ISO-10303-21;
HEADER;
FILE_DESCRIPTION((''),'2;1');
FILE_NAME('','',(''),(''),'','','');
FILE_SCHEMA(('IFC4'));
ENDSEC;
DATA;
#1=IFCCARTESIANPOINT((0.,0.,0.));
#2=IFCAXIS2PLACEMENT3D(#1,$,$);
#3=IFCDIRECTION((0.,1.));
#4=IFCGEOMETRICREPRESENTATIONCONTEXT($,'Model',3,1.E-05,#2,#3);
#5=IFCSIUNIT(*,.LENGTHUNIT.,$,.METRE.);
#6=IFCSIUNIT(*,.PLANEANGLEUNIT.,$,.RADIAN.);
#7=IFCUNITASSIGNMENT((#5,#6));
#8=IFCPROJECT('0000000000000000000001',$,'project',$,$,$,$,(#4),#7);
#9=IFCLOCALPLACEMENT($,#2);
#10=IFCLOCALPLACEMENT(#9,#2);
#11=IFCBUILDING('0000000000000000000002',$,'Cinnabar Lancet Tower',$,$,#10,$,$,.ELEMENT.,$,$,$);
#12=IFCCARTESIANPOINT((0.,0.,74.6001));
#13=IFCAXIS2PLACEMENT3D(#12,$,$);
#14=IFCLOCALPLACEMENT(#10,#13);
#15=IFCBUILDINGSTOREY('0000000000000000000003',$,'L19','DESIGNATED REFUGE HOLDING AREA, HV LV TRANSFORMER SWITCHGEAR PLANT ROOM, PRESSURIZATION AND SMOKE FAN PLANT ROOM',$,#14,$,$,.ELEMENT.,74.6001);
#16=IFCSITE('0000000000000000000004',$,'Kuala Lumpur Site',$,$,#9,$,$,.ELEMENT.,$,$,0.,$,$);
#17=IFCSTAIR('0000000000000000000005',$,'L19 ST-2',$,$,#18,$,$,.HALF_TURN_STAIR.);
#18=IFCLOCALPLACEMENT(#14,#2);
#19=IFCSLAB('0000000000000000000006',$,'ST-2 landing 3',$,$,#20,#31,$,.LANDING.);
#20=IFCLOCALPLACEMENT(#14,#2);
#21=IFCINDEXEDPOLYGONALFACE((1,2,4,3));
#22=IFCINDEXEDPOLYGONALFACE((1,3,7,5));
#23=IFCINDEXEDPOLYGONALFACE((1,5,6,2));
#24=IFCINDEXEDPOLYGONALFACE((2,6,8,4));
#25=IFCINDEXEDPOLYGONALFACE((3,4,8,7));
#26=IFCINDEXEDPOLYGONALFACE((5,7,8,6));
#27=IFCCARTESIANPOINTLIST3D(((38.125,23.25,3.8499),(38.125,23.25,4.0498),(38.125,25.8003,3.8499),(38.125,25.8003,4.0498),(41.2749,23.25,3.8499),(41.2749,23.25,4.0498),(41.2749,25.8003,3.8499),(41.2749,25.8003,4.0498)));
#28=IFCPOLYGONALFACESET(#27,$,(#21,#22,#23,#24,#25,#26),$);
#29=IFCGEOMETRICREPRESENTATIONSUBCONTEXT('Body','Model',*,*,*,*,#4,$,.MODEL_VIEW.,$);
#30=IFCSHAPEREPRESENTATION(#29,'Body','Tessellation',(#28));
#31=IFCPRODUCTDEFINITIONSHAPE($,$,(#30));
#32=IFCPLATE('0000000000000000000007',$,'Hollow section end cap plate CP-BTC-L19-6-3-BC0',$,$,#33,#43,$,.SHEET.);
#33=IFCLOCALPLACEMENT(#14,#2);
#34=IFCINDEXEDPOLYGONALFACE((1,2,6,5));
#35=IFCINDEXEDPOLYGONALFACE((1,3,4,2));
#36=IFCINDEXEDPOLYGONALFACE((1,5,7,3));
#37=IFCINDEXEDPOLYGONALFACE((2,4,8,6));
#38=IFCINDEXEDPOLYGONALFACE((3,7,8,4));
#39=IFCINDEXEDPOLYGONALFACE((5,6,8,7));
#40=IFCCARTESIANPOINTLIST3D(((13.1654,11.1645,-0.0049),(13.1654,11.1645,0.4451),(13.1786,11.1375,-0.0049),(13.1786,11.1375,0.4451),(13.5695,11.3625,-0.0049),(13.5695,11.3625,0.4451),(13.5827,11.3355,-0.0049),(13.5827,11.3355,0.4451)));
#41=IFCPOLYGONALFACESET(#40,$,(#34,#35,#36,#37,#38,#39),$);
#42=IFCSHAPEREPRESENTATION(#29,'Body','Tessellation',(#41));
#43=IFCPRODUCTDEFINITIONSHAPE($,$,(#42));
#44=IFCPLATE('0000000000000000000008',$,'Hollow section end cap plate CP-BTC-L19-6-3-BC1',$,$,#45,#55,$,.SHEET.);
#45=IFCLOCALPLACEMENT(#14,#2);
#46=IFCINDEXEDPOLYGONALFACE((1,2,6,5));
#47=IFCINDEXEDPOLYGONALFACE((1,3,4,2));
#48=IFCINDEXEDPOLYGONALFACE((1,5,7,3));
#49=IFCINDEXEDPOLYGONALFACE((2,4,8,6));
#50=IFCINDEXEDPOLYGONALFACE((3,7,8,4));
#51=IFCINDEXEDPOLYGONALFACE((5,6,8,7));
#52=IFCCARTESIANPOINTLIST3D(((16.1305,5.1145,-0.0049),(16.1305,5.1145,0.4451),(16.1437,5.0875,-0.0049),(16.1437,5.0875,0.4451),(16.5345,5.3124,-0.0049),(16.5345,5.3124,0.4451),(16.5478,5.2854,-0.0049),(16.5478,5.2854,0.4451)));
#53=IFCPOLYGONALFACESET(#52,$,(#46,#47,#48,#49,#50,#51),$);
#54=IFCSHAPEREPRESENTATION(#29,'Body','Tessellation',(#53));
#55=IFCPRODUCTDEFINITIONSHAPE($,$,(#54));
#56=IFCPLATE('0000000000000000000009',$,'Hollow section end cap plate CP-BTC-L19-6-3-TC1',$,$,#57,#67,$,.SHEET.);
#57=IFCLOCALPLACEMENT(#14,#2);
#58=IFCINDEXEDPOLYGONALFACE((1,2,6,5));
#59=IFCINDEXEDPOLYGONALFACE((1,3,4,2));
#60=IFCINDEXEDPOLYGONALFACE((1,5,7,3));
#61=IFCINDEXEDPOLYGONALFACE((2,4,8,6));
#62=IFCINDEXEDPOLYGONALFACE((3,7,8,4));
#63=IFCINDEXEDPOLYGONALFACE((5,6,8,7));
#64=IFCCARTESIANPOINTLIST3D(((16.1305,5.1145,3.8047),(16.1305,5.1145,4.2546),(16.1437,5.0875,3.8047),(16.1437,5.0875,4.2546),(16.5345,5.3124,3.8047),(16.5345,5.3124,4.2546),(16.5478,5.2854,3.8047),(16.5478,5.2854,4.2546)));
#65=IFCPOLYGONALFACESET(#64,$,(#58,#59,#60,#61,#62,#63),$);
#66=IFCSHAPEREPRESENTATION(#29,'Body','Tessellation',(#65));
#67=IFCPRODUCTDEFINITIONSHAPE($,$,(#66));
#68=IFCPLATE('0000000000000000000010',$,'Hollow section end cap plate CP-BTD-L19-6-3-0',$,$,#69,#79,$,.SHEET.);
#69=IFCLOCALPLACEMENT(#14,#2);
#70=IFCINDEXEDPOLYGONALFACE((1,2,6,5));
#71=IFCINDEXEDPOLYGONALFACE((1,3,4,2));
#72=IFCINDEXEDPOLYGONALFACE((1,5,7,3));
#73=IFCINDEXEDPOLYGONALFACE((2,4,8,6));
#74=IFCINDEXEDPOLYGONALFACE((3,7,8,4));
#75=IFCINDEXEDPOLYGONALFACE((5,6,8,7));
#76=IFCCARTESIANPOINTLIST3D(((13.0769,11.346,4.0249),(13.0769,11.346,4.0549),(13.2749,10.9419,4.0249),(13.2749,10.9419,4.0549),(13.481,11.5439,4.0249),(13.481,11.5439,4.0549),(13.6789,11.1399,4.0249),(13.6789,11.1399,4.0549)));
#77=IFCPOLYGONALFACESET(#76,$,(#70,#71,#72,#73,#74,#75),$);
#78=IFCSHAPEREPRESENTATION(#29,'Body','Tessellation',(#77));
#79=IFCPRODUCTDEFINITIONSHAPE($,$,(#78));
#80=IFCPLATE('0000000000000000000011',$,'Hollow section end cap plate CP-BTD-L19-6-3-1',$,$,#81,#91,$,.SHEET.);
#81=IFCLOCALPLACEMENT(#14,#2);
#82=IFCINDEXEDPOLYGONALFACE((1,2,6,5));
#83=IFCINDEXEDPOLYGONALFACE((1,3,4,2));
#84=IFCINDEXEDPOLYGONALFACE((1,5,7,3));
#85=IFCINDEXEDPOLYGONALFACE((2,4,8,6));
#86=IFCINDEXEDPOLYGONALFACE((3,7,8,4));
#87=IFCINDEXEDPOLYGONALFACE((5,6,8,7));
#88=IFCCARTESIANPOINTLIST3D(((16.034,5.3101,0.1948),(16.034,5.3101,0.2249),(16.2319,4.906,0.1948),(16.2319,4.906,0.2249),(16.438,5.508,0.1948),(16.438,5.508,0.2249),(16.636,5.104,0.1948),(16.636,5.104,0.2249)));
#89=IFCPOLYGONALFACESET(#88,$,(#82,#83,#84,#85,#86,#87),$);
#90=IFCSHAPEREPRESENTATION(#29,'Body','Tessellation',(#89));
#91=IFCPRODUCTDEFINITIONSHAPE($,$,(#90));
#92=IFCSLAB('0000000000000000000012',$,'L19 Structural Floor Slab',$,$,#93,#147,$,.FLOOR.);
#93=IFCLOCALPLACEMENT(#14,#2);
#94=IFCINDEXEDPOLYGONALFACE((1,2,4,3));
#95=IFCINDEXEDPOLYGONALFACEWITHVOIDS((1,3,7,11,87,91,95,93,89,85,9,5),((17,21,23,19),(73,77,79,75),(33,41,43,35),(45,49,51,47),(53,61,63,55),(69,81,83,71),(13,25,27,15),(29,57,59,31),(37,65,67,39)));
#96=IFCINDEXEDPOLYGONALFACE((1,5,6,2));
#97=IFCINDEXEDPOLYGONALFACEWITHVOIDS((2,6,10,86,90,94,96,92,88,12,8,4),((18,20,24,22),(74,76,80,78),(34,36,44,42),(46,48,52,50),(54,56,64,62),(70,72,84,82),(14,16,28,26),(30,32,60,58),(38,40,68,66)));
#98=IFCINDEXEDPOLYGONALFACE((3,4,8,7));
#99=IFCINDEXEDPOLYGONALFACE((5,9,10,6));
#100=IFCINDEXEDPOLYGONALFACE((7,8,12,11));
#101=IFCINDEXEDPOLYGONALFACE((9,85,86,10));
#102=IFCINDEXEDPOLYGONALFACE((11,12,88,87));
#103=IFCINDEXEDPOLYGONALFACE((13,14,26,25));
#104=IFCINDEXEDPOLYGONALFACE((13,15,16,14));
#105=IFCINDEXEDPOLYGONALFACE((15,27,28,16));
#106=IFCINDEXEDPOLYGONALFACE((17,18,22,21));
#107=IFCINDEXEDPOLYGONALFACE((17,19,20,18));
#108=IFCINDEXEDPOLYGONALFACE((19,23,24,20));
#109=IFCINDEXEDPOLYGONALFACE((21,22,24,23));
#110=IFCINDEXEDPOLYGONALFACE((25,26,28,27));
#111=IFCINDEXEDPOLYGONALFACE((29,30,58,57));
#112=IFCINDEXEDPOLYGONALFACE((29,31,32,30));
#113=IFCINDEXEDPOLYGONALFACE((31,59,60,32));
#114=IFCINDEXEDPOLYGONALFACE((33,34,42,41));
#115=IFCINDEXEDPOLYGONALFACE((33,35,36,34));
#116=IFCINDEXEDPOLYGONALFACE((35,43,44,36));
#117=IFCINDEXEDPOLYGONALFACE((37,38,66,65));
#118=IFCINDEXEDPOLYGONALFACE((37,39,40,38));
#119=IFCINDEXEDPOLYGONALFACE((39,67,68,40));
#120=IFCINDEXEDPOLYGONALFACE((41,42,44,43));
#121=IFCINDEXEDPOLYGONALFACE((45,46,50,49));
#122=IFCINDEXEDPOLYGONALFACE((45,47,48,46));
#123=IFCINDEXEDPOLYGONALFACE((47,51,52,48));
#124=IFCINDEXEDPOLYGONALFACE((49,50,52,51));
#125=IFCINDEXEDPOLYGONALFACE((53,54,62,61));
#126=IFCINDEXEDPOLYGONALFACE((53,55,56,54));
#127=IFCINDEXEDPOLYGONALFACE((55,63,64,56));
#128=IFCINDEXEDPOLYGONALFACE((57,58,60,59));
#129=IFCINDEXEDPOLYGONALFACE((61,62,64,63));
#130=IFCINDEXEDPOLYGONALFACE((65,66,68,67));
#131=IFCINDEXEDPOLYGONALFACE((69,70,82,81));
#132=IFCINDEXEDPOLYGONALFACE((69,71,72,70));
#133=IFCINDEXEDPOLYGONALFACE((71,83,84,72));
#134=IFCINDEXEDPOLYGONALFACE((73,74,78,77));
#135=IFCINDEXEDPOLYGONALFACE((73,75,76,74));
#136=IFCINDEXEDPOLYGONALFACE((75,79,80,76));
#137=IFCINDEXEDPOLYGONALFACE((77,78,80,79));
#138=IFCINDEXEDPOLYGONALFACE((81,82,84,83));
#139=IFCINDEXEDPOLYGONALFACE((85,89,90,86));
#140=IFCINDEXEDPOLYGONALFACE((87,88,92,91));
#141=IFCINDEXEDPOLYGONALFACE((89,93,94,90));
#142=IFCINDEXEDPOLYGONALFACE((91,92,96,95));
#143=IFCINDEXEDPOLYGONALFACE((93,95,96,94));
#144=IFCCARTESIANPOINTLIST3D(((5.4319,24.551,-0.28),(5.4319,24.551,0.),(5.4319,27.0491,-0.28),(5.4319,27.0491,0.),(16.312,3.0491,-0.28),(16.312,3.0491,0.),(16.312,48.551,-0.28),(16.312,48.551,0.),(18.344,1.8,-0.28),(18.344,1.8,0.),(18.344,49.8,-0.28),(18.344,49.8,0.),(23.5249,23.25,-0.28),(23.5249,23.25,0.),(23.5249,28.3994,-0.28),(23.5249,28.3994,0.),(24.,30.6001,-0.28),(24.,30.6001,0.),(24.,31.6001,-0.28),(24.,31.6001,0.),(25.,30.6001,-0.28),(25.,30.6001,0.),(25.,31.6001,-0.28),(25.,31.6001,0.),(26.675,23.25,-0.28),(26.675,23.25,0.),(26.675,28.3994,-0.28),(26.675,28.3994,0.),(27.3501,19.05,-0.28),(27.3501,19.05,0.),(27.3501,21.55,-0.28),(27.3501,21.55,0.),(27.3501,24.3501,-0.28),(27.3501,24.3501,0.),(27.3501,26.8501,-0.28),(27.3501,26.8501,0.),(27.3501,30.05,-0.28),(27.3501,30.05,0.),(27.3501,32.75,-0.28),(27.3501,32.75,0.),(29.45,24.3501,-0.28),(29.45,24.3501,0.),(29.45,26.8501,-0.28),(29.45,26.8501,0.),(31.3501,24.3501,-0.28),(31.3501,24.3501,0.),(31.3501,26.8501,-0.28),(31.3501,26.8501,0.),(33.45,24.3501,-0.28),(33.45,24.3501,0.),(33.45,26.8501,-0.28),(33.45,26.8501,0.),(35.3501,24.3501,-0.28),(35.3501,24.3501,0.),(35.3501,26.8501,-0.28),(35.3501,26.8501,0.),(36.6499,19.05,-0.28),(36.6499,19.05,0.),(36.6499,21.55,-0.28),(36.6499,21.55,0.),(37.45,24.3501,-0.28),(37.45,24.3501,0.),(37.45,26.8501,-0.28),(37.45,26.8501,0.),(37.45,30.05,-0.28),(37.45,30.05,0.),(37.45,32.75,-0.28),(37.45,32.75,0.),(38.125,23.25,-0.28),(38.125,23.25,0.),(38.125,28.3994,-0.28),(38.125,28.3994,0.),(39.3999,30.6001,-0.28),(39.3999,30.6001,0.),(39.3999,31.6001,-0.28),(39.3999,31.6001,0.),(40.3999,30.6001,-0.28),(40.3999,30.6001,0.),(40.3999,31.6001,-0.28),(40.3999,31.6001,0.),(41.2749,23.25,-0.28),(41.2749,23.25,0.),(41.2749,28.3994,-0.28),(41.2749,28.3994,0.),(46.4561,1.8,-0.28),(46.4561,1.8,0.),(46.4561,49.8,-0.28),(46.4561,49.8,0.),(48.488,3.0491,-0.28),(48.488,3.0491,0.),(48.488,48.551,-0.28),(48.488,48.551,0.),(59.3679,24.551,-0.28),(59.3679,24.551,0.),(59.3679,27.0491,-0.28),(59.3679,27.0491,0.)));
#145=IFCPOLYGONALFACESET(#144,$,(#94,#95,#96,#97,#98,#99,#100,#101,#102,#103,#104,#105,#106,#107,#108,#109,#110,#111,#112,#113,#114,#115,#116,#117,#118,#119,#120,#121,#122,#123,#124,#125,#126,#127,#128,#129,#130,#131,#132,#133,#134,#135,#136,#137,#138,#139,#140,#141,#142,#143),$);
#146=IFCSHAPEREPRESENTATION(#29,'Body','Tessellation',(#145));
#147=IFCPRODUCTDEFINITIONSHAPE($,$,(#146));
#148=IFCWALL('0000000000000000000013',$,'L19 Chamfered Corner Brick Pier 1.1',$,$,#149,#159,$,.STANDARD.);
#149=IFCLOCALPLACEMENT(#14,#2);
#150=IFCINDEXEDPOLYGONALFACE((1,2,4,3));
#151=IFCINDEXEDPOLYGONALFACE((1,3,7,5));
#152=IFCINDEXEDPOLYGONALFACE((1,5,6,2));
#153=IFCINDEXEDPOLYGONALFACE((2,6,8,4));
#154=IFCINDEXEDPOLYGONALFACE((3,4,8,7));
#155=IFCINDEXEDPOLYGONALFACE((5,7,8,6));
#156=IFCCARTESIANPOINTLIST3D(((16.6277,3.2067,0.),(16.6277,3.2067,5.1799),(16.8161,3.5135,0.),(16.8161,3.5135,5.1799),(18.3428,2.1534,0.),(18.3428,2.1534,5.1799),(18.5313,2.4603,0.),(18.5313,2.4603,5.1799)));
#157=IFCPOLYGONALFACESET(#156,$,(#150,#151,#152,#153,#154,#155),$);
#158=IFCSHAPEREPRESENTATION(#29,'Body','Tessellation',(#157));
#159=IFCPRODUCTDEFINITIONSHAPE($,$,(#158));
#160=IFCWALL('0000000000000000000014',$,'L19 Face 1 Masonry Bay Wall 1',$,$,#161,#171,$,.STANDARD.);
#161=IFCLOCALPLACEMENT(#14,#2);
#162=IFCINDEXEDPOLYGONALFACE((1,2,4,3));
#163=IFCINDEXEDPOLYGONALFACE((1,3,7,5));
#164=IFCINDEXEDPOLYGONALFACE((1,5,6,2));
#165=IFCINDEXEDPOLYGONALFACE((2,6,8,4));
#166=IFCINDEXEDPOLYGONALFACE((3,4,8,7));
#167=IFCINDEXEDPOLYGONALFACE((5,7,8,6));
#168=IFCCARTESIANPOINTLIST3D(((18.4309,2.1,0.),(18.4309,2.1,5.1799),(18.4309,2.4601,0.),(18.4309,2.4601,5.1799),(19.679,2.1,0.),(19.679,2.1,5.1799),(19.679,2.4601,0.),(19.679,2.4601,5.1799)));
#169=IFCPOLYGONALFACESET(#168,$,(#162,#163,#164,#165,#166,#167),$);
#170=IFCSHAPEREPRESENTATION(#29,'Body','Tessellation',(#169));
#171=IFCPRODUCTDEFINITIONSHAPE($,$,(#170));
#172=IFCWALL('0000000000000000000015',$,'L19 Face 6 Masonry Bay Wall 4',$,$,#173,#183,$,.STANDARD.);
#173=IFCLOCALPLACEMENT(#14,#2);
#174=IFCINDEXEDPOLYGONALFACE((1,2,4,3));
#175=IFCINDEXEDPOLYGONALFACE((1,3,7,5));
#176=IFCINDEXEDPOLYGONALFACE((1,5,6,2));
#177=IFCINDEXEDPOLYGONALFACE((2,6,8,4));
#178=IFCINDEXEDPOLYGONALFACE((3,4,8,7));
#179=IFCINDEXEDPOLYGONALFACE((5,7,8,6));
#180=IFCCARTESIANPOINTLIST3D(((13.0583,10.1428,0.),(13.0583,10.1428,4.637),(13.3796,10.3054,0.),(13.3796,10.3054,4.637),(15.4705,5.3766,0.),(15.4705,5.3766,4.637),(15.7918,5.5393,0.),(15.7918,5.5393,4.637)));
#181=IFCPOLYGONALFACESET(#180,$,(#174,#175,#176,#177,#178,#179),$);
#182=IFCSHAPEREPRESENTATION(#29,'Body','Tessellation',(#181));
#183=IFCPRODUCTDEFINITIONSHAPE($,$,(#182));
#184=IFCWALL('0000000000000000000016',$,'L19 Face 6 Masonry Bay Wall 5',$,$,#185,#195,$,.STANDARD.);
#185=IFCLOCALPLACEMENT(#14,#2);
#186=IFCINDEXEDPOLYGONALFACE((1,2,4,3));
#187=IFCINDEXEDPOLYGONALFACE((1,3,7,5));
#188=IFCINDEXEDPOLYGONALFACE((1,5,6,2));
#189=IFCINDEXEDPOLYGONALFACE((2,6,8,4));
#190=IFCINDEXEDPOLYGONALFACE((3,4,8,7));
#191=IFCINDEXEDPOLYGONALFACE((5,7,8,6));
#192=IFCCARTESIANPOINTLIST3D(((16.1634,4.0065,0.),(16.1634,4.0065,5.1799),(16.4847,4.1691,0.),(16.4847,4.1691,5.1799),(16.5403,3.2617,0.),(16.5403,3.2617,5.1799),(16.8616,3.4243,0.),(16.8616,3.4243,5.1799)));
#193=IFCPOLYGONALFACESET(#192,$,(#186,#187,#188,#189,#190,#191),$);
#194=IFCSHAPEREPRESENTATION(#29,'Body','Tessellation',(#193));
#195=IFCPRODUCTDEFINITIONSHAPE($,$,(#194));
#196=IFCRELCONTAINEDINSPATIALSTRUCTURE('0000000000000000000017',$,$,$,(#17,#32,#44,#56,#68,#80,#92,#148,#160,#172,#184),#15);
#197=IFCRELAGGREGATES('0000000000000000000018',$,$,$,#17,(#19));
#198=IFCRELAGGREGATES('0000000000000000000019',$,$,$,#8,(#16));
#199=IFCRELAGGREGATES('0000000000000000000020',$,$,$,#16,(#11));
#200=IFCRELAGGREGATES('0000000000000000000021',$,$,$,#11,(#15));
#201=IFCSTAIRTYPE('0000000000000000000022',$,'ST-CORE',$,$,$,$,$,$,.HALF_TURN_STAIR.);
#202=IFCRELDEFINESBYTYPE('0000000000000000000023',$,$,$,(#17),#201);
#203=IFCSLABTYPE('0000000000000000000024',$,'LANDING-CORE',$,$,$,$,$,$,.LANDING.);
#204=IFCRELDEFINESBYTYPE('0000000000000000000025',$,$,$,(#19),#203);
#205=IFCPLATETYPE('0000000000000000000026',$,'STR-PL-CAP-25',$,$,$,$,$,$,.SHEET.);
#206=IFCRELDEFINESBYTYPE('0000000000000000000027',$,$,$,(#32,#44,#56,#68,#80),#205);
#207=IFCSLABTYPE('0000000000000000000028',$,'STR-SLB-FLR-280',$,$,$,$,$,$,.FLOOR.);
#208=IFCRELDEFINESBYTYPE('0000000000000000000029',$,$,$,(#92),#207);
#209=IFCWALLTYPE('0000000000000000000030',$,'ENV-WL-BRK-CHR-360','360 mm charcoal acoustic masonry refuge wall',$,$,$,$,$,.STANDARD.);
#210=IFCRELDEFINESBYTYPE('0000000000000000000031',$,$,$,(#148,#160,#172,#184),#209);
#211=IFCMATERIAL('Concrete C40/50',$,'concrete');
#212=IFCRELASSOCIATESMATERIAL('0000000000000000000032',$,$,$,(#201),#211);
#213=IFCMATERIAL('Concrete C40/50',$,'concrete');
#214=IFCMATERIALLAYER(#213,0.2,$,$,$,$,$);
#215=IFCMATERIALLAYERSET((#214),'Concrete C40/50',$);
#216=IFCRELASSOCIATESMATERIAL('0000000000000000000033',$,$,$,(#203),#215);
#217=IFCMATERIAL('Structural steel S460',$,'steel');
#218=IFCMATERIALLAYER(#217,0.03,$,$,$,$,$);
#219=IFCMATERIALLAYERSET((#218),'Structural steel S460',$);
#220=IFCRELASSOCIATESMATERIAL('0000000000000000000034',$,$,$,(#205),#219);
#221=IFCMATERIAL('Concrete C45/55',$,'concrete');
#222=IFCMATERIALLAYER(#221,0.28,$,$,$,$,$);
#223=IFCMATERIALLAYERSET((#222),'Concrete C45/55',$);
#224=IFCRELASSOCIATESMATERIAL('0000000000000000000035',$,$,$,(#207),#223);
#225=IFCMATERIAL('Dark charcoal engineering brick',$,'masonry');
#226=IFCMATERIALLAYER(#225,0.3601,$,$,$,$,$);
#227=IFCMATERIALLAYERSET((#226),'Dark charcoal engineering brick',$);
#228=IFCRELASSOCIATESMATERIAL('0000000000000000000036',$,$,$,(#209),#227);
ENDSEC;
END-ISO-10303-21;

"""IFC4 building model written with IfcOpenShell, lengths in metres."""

from ifc_helpers import new_model, si_unit, direction, frame, frame_2d, origin, origin_2d, place, context, subcontext, project, spatial, polyline, rectangle, outline, extrude, material, layer, layer_set, type_object, element, aggregate, save


model = new_model("IFC4")

# Units and contexts
model_context = context("Model", 3, precision=1e-05, world=origin(), true_north=direction((0.0, 1.0)))
body_context = subcontext(model_context, "Body", "Model", "MODEL_VIEW")
ifc_project = project(units=[si_unit("LENGTHUNIT", "METRE"), si_unit("PLANEANGLEUNIT", "RADIAN")], contexts=[model_context])

# Site, building, storey
site_placement = place(None, origin())
site = spatial("IfcSite", under=ifc_project, at=site_placement, Name="Kuala Lumpur Site", CompositionType="ELEMENT", RefElevation=0.0)
building_placement = place(site_placement, origin())
building = spatial("IfcBuilding", under=site, at=building_placement, Name="Cinnabar Lancet Tower", CompositionType="ELEMENT")
storey_placement = place(building_placement, frame((0.0, 0.0, 74.6001)))
storey = spatial("IfcBuildingStorey", under=building, at=storey_placement, Name="L19", Description="DESIGNATED REFUGE HOLDING AREA, HV LV TRANSFORMER SWITCHGEAR PLANT ROOM, PRESSURIZATION AND SMOKE FAN PLANT ROOM", CompositionType="ELEMENT", Elevation=74.6001)

# Stair, slab
ifc_material_1 = material(Name="Concrete C40/50", Category="concrete")
stair_type = type_object("IfcStairType", Name="ST-CORE", PredefinedType="HALF_TURN_STAIR", material=ifc_material_1)
ifc_material_2 = material(Name="Concrete C40/50", Category="concrete")
ifc_layer_1 = layer(ifc_material_2, 0.2)
ifc_layer_set_1 = layer_set([ifc_layer_1], Name="Concrete C40/50")
slab_type_1 = type_object("IfcSlabType", Name="LANDING-CORE", PredefinedType="LANDING", material=ifc_layer_set_1)
stair_1_placement = place(storey_placement, origin())
stair_1 = element("IfcStair", 1, at=stair_1_placement, inside=storey, type_object=stair_type, Name="L19 ST-2", PredefinedType="HALF_TURN_STAIR")
slab_1_placement = place(storey_placement, frame((0.0, 0.0, 3.8499)))
slab_1 = element("IfcSlab", 2, at=slab_1_placement, type_object=slab_type_1, Name="ST-2 landing 3", PredefinedType="LANDING", context=body_context, shape_type="SweptSolid", body=[
    extrude(outline(polyline([(38.125, 25.8003), (38.125, 23.25), (41.2749, 23.25), (41.2749, 25.8003), (38.125, 25.8003)])), origin(), (0.0, 0.0, 1.0), 0.2),
])
aggregate(stair_1, [slab_1])

# Plates
ifc_material_3 = material(Name="Structural steel S460", Category="steel")
ifc_layer_2 = layer(ifc_material_3, 0.03)
ifc_layer_set_2 = layer_set([ifc_layer_2], Name="Structural steel S460")
plate_type = type_object("IfcPlateType", Name="STR-PL-CAP-25", PredefinedType="SHEET", material=ifc_layer_set_2)
for number, where, z_axis, x_axis, name in (
    (3, (13.374, 11.25, -0.0049), (0.0, 0.0, 1.0), (-0.439939, 0.898028, 0.0), "Hollow section end cap plate CP-BTC-L19-6-3-BC0"),
    (4, (16.3391, 5.2, -0.0049), (0.0, 0.0, 1.0), (0.439939, -0.898028, 0.0), "Hollow section end cap plate CP-BTC-L19-6-3-BC1"),
    (5, (16.3391, 5.2, 3.8047), (0.0, 0.0, 1.0), (0.439939, -0.898028, 0.0), "Hollow section end cap plate CP-BTC-L19-6-3-TC1"),
):
    element("IfcPlate", number, at=place(storey_placement, frame(where, z_axis=z_axis, x_axis=x_axis)), inside=storey, type_object=plate_type, Name=name, PredefinedType="SHEET", context=body_context, shape_type="SweptSolid", body=[
        extrude(rectangle(XDim=0.03, YDim=0.45, at=origin_2d()), origin(), (0.0, 0.0, 1.0), 0.45),
    ])
for number, where, z_axis, x_axis, name in (
    (6, (13.3779, 11.2429, 4.0249), (0.0, 0.0, 1.0), (-0.439939, 0.898028, 0.0), "Hollow section end cap plate CP-BTD-L19-6-3-0"),
    (7, (16.335, 5.207, 0.1948), (0.0, 0.0, 1.0), (0.439939, -0.898028, 0.0), "Hollow section end cap plate CP-BTD-L19-6-3-1"),
):
    element("IfcPlate", number, at=place(storey_placement, frame(where, z_axis=z_axis, x_axis=x_axis)), inside=storey, type_object=plate_type, Name=name, PredefinedType="SHEET", context=body_context, shape_type="SweptSolid", body=[
        extrude(rectangle(XDim=0.45, YDim=0.45, at=origin_2d()), origin(), (0.0, 0.0, 1.0), 0.03),
    ])

# Slab
ifc_material_4 = material(Name="Concrete C45/55", Category="concrete")
ifc_layer_3 = layer(ifc_material_4, 0.28)
ifc_layer_set_3 = layer_set([ifc_layer_3], Name="Concrete C45/55")
slab_type_2 = type_object("IfcSlabType", Name="STR-SLB-FLR-280", PredefinedType="FLOOR", material=ifc_layer_set_3)
slab_2_placement = place(storey_placement, frame((0.0, 0.0, -0.28)))
element("IfcSlab", 8, at=slab_2_placement, inside=storey, type_object=slab_type_2, Name="L19 Structural Floor Slab", PredefinedType="FLOOR", context=body_context, shape_type="SweptSolid", body=[
    extrude(outline(polyline([(16.312, 3.0491), (18.344, 1.8), (46.4561, 1.8), (48.488, 3.0491), (59.3679, 24.551), (59.3679, 27.0491), (48.488, 48.551), (46.4561, 49.8), (18.344, 49.8), (16.312, 48.551), (5.4319, 27.0491), (5.4319, 24.551), (16.312, 3.0491)]), holes=[polyline([(23.5249, 23.25), (26.675, 23.25), (26.675, 28.3994), (23.5249, 28.3994), (23.5249, 23.25)]), polyline([(38.125, 23.25), (41.2749, 23.25), (41.2749, 28.3994), (38.125, 28.3994), (38.125, 23.25)]), polyline([(27.3501, 30.05), (37.45, 30.05), (37.45, 32.75), (27.3501, 32.75), (27.3501, 30.05)]), polyline([(27.3501, 19.05), (36.6499, 19.05), (36.6499, 21.55), (27.3501, 21.55), (27.3501, 19.05)]), polyline([(27.3501, 24.3501), (29.45, 24.3501), (29.45, 26.8501), (27.3501, 26.8501), (27.3501, 24.3501)]), polyline([(35.3501, 24.3501), (37.45, 24.3501), (37.45, 26.8501), (35.3501, 26.8501), (35.3501, 24.3501)]), polyline([(31.3501, 24.3501), (33.45, 24.3501), (33.45, 26.8501), (31.3501, 26.8501), (31.3501, 24.3501)]), polyline([(24.0, 30.6001), (25.0, 30.6001), (25.0, 31.6001), (24.0, 31.6001), (24.0, 30.6001)]), polyline([(39.3999, 30.6001), (40.3999, 30.6001), (40.3999, 31.6001), (39.3999, 31.6001), (39.3999, 30.6001)])]), origin(), (0.0, 0.0, 1.0), 0.28),
])

# Walls
ifc_material_5 = material(Name="Dark charcoal engineering brick", Category="masonry")
ifc_layer_4 = layer(ifc_material_5, 0.3601)
ifc_layer_set_4 = layer_set([ifc_layer_4], Name="Dark charcoal engineering brick")
wall_type = type_object("IfcWallType", Name="ENV-WL-BRK-CHR-360", Description="360 mm charcoal acoustic masonry refuge wall", PredefinedType="STANDARD", material=ifc_layer_set_4)
wall_1_placement = place(storey_placement, frame((16.7219, 3.3601, 0.0), z_axis=(0.0, 0.0, 1.0), x_axis=(0.852149, -0.523299, 0.0)))
element("IfcWall", 9, at=wall_1_placement, inside=storey, type_object=wall_type, Name="L19 Chamfered Corner Brick Pier 1.1", PredefinedType="STANDARD", context=body_context, shape_type="SweptSolid", body=[
    extrude(rectangle(XDim=2.0127, YDim=0.3601, at=frame_2d((1.0063, 0.0))), origin(), (0.0, 0.0, 1.0), 5.1799),
])
wall_2_placement = place(storey_placement, frame((18.4309, 2.28, 0.0), z_axis=(0.0, 0.0, 1.0), x_axis=(1.0, 0.0, 0.0)))
element("IfcWall", 10, at=wall_2_placement, inside=storey, type_object=wall_type, Name="L19 Face 1 Masonry Bay Wall 1", PredefinedType="STANDARD", context=body_context, shape_type="SweptSolid", body=[
    extrude(rectangle(XDim=1.248, YDim=0.3601, at=frame_2d((0.624, 0.0))), origin(), (0.0, 0.0, 1.0), 5.1799),
])
wall_3_placement = place(storey_placement, frame((13.219, 10.2241, 0.0), z_axis=(0.0, 0.0, 1.0), x_axis=(0.451559, -0.892241, 0.0)))
element("IfcWall", 11, at=wall_3_placement, inside=storey, type_object=wall_type, Name="L19 Face 6 Masonry Bay Wall 4", PredefinedType="STANDARD", context=body_context, shape_type="SweptSolid", body=[
    extrude(rectangle(XDim=5.3418, YDim=0.3601, at=frame_2d((2.6709, 0.0))), origin(), (0.0, 0.0, 1.0), 4.637),
])
wall_4_placement = place(storey_placement, frame((16.324, 4.0879, 0.0), z_axis=(0.0, 0.0, 1.0), x_axis=(0.451537, -0.892253, 0.0)))
element("IfcWall", 12, at=wall_4_placement, inside=storey, type_object=wall_type, Name="L19 Face 6 Masonry Bay Wall 5", PredefinedType="STANDARD", context=body_context, shape_type="SweptSolid", body=[
    extrude(rectangle(XDim=0.8347, YDim=0.3601, at=frame_2d((0.4175, 0.0))), origin(), (0.0, 0.0, 1.0), 5.1799),
])

save(model, "model.ifc")
